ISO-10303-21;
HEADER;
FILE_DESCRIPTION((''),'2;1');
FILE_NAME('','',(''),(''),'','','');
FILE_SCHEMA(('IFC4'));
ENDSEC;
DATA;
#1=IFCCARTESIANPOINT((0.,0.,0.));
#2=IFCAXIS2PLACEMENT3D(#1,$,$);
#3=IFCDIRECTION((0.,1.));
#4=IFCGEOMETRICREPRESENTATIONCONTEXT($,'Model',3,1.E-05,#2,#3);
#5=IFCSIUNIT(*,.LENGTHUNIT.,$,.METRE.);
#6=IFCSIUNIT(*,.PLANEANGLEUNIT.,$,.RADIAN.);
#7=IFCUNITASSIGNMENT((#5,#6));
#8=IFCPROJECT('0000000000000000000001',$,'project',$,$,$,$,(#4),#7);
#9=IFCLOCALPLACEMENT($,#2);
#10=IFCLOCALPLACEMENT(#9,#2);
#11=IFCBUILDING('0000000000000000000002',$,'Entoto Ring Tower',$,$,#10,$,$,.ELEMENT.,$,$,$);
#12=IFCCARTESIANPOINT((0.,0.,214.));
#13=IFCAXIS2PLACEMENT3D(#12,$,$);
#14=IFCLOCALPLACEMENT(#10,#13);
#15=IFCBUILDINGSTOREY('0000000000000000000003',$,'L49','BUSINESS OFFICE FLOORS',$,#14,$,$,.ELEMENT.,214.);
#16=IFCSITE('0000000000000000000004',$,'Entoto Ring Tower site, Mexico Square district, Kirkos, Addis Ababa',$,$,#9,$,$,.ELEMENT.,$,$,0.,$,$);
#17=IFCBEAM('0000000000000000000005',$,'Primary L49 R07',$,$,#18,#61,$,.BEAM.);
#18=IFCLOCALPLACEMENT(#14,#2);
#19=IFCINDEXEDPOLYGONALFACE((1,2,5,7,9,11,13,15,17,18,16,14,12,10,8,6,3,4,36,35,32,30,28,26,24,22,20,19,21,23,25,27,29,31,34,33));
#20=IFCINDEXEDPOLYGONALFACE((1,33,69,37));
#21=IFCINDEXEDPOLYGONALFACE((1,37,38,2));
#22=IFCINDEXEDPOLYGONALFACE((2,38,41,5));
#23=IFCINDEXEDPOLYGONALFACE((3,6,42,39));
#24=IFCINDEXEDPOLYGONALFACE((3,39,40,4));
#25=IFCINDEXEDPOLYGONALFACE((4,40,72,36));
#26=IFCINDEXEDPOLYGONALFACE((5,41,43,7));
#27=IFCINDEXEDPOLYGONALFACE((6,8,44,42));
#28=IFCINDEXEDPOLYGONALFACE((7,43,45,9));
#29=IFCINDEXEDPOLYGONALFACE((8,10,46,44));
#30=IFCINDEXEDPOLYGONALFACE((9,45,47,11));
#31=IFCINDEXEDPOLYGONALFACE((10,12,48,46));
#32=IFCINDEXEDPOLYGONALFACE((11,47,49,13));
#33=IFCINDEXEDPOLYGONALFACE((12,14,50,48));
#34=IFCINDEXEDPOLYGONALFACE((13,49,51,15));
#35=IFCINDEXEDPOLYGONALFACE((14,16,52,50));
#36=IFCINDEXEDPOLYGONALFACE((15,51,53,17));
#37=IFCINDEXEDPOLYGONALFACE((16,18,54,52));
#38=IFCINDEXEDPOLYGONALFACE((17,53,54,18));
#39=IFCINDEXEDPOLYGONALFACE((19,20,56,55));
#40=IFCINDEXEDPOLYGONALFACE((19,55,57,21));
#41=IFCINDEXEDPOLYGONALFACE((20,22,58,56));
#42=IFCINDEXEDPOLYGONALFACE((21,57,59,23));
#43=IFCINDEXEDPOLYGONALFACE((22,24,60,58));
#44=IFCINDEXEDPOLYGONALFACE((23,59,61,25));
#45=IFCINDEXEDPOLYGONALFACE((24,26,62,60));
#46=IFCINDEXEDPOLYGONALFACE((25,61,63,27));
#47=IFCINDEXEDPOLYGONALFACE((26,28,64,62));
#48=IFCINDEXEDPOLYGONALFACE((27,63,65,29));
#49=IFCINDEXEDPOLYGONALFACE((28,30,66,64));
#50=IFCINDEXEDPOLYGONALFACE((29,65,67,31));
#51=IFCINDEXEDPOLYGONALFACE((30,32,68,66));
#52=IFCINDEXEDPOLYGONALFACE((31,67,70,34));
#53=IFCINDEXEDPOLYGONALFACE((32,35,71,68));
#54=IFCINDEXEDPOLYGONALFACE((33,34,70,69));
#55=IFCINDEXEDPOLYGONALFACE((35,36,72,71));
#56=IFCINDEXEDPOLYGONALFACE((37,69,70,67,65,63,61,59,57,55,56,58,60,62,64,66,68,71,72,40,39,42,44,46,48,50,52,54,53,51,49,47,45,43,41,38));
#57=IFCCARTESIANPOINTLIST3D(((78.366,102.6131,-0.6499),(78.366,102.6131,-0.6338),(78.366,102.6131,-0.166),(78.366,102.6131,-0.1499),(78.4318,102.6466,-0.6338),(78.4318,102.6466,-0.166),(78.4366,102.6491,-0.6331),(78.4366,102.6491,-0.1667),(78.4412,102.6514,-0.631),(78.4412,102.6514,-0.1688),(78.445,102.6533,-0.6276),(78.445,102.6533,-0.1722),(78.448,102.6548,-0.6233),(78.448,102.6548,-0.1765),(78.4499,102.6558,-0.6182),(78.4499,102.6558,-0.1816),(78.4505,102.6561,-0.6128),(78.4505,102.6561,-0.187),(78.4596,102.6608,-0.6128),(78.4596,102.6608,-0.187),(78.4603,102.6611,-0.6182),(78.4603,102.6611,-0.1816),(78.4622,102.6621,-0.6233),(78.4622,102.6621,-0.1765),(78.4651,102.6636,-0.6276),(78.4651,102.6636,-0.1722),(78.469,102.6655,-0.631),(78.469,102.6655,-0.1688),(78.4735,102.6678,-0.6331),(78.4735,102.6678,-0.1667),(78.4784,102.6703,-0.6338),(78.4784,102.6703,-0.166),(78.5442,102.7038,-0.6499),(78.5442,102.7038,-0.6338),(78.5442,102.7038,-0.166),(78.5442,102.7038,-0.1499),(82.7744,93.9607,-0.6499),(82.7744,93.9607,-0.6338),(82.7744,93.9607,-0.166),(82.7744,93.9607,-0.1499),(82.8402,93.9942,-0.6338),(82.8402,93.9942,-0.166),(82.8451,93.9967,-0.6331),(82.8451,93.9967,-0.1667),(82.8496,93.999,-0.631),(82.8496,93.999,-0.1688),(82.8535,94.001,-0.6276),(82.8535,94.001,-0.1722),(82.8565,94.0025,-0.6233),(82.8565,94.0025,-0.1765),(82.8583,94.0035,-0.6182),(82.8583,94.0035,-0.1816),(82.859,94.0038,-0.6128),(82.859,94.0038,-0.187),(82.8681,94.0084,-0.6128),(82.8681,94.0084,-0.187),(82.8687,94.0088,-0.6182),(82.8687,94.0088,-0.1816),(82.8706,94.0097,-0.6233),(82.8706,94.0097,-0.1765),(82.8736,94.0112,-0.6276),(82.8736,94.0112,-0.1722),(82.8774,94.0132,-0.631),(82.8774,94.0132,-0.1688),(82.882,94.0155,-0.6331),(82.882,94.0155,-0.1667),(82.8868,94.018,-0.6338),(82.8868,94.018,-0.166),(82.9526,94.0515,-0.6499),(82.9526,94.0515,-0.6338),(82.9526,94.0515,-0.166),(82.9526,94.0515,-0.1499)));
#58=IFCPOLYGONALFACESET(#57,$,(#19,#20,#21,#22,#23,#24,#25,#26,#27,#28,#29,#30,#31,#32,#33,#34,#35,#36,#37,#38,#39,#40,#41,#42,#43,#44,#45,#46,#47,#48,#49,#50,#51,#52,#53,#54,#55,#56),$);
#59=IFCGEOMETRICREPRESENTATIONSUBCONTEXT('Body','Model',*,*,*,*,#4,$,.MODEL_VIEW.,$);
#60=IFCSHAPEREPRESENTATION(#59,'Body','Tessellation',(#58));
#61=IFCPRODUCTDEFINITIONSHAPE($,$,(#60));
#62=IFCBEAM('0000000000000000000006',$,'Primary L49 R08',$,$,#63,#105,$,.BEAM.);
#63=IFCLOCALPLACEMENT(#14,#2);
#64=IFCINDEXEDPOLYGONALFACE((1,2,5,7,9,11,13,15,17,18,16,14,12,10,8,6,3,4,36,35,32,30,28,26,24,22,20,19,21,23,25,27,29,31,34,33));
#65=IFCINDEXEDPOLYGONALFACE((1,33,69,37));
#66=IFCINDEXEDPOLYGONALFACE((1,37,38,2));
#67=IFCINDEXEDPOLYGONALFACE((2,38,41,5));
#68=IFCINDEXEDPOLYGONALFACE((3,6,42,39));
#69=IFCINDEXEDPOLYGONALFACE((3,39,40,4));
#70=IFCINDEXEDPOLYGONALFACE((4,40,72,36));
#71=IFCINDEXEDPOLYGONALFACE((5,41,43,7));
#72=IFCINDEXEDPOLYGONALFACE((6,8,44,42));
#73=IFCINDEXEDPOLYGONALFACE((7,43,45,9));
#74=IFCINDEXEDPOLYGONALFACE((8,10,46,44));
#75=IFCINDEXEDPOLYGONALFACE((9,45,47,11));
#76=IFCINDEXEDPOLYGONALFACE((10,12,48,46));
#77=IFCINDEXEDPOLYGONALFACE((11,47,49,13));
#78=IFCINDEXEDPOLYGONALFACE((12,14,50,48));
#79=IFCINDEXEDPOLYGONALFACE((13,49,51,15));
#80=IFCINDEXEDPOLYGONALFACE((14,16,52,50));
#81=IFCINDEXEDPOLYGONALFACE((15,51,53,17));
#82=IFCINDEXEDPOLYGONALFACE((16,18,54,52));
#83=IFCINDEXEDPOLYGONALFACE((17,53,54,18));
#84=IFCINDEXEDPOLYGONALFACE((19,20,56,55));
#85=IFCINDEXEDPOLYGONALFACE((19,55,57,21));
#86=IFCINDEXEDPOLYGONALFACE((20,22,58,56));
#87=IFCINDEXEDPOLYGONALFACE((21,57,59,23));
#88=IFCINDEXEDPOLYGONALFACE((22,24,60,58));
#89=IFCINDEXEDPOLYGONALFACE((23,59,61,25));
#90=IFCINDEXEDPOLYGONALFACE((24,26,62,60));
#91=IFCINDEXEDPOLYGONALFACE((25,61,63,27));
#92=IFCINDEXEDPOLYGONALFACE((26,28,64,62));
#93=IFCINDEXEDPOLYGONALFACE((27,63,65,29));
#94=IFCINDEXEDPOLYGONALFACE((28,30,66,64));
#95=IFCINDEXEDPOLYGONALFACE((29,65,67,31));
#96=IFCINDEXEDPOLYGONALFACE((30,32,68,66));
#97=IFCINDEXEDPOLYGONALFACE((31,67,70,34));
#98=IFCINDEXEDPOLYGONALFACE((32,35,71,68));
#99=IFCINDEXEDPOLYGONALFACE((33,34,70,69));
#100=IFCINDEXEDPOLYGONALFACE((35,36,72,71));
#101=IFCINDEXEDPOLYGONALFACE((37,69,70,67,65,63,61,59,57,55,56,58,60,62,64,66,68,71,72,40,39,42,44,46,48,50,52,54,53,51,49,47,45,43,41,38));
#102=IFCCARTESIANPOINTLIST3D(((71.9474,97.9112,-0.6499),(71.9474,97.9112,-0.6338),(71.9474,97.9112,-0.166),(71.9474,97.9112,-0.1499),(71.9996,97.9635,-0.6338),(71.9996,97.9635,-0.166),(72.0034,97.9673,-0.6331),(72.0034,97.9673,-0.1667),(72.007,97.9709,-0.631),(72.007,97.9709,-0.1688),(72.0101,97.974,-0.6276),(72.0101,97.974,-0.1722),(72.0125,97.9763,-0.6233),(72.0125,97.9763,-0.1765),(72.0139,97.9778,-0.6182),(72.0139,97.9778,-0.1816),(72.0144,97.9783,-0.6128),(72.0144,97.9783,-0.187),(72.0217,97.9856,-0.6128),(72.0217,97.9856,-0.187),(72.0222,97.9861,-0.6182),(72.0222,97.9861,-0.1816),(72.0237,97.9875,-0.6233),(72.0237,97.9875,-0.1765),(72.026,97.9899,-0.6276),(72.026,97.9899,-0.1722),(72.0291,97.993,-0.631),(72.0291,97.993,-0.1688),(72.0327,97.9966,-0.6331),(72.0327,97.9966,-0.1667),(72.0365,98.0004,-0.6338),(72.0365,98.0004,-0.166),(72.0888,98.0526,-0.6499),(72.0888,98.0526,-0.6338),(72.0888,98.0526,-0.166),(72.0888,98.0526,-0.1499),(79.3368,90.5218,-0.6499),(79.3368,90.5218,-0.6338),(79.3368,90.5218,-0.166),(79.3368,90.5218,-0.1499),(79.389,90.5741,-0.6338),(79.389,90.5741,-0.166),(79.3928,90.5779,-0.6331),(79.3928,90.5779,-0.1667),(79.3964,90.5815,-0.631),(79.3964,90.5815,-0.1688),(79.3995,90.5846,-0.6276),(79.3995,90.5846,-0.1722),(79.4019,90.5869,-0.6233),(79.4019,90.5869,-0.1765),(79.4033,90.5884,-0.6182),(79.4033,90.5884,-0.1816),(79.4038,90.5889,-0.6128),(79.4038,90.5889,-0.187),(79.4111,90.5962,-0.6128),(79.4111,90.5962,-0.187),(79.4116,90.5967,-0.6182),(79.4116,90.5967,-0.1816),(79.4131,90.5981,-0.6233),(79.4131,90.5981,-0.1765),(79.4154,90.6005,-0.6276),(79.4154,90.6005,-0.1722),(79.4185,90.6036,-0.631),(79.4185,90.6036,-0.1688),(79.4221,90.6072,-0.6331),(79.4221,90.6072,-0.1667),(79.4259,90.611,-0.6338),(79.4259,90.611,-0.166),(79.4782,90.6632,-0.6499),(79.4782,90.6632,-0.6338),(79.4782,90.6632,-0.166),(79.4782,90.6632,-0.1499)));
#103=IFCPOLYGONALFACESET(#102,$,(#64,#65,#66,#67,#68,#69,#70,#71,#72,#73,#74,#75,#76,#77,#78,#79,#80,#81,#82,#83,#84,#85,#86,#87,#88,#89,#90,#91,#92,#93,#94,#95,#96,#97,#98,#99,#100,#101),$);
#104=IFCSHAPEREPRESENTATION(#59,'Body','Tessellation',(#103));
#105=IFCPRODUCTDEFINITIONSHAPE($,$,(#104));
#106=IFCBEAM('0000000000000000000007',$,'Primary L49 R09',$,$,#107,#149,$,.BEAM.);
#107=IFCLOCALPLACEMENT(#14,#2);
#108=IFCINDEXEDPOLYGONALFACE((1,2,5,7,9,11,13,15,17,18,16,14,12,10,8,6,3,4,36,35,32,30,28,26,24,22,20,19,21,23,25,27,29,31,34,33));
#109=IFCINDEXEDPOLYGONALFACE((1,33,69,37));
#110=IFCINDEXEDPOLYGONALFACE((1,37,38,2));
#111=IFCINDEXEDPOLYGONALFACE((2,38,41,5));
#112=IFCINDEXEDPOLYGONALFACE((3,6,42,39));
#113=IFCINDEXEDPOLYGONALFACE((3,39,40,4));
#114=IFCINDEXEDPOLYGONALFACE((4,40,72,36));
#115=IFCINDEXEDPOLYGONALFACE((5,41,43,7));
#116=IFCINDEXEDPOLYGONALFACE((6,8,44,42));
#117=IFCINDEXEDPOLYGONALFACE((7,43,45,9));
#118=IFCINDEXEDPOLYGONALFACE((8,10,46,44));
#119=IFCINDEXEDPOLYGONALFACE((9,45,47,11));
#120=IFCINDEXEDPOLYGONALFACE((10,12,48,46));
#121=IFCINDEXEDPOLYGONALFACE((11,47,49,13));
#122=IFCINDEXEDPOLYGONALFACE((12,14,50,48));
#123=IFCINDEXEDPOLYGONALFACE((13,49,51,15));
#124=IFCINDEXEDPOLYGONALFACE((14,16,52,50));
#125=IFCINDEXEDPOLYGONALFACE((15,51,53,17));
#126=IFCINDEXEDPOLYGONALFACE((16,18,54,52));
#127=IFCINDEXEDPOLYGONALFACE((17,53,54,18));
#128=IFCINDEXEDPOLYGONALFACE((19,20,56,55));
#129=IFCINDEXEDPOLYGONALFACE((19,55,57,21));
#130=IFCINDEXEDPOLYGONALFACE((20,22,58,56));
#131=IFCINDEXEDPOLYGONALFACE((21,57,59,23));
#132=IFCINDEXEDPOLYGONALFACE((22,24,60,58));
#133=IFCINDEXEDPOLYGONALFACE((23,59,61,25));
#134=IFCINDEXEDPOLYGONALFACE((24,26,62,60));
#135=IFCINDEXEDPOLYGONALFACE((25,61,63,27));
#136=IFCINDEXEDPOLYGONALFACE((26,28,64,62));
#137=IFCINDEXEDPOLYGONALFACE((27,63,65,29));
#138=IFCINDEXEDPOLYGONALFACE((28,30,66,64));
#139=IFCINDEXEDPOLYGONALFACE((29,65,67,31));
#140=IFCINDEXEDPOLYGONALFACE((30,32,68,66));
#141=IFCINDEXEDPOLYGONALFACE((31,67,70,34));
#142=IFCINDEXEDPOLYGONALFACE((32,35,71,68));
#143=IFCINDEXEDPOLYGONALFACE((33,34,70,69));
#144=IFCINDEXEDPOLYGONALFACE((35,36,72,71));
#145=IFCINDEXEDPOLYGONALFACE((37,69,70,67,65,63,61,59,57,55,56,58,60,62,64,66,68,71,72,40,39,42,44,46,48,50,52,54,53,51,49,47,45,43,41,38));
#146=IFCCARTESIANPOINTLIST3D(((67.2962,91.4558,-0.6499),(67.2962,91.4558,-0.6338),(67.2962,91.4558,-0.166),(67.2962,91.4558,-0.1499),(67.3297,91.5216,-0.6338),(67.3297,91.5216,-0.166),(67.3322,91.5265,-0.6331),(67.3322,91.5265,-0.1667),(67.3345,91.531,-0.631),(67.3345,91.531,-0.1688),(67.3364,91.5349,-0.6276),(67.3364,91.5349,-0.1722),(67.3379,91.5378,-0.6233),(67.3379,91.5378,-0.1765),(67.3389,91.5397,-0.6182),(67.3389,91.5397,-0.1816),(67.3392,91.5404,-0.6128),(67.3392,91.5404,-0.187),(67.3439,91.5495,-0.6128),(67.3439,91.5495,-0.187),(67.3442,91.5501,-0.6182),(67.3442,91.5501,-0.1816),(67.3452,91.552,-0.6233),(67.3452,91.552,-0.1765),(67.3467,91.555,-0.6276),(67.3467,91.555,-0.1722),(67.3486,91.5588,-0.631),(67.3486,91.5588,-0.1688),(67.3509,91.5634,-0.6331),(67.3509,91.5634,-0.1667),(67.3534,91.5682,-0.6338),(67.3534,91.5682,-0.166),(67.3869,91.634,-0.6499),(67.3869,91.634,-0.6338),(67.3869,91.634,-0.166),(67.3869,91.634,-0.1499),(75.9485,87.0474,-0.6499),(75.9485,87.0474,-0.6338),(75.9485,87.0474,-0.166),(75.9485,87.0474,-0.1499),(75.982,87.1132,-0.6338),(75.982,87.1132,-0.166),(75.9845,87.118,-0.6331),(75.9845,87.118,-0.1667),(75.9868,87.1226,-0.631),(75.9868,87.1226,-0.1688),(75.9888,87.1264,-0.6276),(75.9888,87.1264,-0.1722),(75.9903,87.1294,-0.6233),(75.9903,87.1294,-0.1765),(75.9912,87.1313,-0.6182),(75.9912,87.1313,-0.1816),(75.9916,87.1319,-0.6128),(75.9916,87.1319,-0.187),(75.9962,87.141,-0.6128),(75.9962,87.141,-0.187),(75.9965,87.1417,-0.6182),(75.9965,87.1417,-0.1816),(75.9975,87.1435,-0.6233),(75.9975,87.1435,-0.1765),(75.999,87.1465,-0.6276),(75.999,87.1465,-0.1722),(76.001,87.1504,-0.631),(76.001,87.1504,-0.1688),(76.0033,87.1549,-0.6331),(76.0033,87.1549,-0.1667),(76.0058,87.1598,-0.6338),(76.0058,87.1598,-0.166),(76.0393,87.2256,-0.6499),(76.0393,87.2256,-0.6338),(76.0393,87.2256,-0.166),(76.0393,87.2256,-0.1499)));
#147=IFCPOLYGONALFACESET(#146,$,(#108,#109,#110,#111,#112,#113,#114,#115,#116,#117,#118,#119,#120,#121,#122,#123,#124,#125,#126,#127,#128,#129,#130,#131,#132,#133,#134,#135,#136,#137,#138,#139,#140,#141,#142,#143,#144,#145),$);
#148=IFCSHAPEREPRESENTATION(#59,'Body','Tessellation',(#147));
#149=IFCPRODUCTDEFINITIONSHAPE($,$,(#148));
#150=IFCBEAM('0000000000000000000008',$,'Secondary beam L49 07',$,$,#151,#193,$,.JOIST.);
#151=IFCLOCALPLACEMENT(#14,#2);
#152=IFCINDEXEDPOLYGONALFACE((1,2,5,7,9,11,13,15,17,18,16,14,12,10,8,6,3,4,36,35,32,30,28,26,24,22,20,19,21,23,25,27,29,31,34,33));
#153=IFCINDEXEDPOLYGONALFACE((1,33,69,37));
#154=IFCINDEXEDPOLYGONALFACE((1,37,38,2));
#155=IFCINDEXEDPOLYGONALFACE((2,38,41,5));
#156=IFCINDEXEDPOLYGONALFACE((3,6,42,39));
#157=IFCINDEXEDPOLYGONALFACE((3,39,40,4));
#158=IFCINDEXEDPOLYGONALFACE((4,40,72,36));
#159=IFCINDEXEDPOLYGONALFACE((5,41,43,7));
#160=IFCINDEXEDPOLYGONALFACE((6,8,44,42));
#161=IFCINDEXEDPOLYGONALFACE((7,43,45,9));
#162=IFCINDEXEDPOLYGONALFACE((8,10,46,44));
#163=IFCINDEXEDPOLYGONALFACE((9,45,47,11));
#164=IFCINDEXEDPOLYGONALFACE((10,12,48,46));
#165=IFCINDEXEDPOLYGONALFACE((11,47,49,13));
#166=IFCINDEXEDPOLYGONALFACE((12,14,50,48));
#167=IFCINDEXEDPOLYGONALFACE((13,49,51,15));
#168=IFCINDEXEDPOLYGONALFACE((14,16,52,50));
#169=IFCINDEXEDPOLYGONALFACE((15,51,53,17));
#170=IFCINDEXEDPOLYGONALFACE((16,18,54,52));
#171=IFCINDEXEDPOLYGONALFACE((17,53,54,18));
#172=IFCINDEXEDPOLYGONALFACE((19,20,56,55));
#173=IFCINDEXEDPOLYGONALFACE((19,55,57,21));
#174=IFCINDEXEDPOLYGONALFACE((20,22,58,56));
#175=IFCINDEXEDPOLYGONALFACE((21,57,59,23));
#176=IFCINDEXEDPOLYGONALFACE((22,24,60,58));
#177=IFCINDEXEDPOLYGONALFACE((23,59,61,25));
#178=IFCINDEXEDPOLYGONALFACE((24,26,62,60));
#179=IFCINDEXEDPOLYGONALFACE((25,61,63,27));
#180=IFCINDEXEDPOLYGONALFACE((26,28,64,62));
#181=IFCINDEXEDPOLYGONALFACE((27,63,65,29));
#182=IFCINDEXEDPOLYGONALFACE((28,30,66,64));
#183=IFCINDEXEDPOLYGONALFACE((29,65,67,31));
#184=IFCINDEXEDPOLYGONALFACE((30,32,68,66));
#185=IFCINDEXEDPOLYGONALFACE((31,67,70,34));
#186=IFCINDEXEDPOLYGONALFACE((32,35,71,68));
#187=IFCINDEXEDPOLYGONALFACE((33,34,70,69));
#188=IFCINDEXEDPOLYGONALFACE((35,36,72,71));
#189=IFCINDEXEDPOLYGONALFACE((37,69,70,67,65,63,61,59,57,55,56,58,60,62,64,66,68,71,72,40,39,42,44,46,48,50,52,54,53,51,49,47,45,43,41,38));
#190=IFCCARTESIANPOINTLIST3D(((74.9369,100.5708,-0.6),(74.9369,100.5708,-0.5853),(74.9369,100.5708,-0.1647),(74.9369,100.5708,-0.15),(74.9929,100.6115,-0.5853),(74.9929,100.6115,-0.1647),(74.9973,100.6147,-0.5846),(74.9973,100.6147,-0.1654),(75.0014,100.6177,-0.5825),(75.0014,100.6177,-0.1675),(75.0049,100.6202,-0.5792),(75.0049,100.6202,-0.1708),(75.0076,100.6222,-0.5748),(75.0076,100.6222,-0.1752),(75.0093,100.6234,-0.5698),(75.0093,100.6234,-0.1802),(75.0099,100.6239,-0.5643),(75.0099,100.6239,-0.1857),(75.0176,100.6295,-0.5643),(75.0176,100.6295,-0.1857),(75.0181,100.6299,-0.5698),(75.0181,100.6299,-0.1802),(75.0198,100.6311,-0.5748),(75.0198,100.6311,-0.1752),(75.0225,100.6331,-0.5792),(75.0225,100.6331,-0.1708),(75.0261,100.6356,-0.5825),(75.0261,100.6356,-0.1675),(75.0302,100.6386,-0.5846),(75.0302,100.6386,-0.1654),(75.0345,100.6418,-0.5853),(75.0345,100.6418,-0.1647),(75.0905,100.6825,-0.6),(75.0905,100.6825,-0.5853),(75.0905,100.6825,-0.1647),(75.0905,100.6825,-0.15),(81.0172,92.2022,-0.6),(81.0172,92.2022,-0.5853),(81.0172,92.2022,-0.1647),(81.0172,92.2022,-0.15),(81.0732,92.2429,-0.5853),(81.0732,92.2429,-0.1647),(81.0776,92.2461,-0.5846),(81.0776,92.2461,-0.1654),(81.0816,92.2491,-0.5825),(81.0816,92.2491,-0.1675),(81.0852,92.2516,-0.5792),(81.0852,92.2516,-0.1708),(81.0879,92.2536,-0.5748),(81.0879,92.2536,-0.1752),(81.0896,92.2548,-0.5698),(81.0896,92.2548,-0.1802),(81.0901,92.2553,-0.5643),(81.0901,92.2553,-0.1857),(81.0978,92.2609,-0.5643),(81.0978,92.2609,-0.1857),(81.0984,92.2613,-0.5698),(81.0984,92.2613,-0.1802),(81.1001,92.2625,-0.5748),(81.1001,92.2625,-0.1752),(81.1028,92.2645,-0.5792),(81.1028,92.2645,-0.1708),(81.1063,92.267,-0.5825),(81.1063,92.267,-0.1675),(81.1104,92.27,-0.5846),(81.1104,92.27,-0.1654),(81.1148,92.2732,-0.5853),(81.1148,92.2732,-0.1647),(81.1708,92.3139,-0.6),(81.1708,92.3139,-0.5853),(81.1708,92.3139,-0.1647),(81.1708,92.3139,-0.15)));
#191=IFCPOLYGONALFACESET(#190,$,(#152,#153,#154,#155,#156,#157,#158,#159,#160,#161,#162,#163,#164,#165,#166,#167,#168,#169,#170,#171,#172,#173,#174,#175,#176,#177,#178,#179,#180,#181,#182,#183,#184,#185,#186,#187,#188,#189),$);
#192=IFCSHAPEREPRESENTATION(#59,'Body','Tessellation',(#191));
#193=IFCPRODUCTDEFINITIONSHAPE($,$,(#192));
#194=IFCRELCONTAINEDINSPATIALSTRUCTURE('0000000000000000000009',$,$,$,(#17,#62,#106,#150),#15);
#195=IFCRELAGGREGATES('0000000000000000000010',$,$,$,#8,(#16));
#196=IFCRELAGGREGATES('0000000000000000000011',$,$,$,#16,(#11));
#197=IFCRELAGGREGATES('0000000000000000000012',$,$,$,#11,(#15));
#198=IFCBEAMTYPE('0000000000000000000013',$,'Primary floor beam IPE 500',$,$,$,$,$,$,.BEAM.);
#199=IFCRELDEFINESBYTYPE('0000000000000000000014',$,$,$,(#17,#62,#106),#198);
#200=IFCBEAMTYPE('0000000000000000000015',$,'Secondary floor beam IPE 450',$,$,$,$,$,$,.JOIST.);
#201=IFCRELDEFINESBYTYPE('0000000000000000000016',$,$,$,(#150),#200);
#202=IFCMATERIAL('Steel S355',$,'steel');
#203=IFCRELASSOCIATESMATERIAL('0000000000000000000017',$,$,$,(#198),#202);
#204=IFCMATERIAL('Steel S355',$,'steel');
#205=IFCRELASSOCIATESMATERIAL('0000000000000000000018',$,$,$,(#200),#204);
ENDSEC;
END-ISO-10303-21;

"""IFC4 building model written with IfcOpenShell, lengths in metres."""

from ifc_helpers import new_model, si_unit, direction, frame, origin, origin_2d, place, context, subcontext, project, spatial, i_section, extrude, material, material_profile, profile_set, type_object, element, save


model = new_model("IFC4")

# Units and contexts
model_context = context("Model", 3, precision=1e-05, world=origin(), true_north=direction((0.0, 1.0)))
body_context = subcontext(model_context, "Body", "Model", "MODEL_VIEW")
ifc_project = project(units=[si_unit("LENGTHUNIT", "METRE"), si_unit("PLANEANGLEUNIT", "RADIAN")], contexts=[model_context])

# Site, building, storey
site_placement = place(None, origin())
site = spatial("IfcSite", under=ifc_project, at=site_placement, Name="Entoto Ring Tower site, Mexico Square district, Kirkos, Addis Ababa", CompositionType="ELEMENT", RefElevation=0.0)
building_placement = place(site_placement, origin())
building = spatial("IfcBuilding", under=site, at=building_placement, Name="Entoto Ring Tower", CompositionType="ELEMENT")
storey_placement = place(building_placement, frame((0.0, 0.0, 214.0)))
storey = spatial("IfcBuildingStorey", under=building, at=storey_placement, Name="L49", Description="BUSINESS OFFICE FLOORS", CompositionType="ELEMENT", Elevation=214.0)

# Beams
ifc_material_1 = material(Name="Steel S355", Category="steel")
ifc_material_profile_1 = material_profile(ifc_material_1, i_section(OverallWidth=0.2, OverallDepth=0.5, WebThickness=0.0103, FlangeThickness=0.0161, FilletRadius=0.021, at=origin_2d()), Name="IPE 500")
ifc_profile_set_1 = profile_set([ifc_material_profile_1], Name="Steel S355")
beam_type_1 = type_object("IfcBeamType", Name="Primary floor beam IPE 500", PredefinedType="BEAM", material=ifc_profile_set_1)
beam_1_placement = place(storey_placement, frame((82.8635, 94.0061, -0.3999), z_axis=(-0.453979, 0.891012, 0.0), x_axis=(-0.891012, -0.453979, 0.0)))
element("IfcBeam", 1, at=beam_1_placement, inside=storey, type_object=beam_type_1, Name="Primary L49 R07", PredefinedType="BEAM", context=body_context, shape_type="SweptSolid", body=[
    extrude(i_section(OverallWidth=0.2, OverallDepth=0.5, WebThickness=0.0103, FlangeThickness=0.0161, FilletRadius=0.021, at=origin_2d()), origin(), (0.0, 0.0, 1.0), 9.7107),
])
beam_2_placement = place(storey_placement, frame((79.4075, 90.5925, -0.3999), z_axis=(-0.707107, 0.707107, 0.0), x_axis=(-0.707107, -0.707107, 0.0)))
element("IfcBeam", 2, at=beam_2_placement, inside=storey, type_object=beam_type_1, Name="Primary L49 R08", PredefinedType="BEAM", context=body_context, shape_type="SweptSolid", body=[
    extrude(i_section(OverallWidth=0.2, OverallDepth=0.5, WebThickness=0.0103, FlangeThickness=0.0161, FilletRadius=0.021, at=origin_2d()), origin(), (0.0, 0.0, 1.0), 10.4502),
])
beam_3_placement = place(storey_placement, frame((75.9939, 87.1365, -0.3999), z_axis=(-0.891012, 0.453979, 0.0), x_axis=(-0.453979, -0.891012, 0.0)))
element("IfcBeam", 3, at=beam_3_placement, inside=storey, type_object=beam_type_1, Name="Primary L49 R09", PredefinedType="BEAM", context=body_context, shape_type="SweptSolid", body=[
    extrude(i_section(OverallWidth=0.2, OverallDepth=0.5, WebThickness=0.0103, FlangeThickness=0.0161, FilletRadius=0.021, at=origin_2d()), origin(), (0.0, 0.0, 1.0), 9.7107),
])
ifc_material_2 = material(Name="Steel S355", Category="steel")
ifc_material_profile_2 = material_profile(ifc_material_2, i_section(OverallWidth=0.1899, OverallDepth=0.45, WebThickness=0.0095, FlangeThickness=0.0146, FilletRadius=0.021, at=origin_2d()), Name="IPE 450")
ifc_profile_set_2 = profile_set([ifc_material_profile_2], Name="Steel S355")
beam_type_2 = type_object("IfcBeamType", Name="Secondary floor beam IPE 450", PredefinedType="JOIST", material=ifc_profile_set_2)
for number, where, z_axis, x_axis, name in (
    (4, (81.094, 92.2581, -0.375), (-0.587794, 0.809011, 0.0), (-0.809011, -0.587794, 0.0), "Secondary beam L49 07"),
):
    element("IfcBeam", number, at=place(storey_placement, frame(where, z_axis=z_axis, x_axis=x_axis)), inside=storey, type_object=beam_type_2, Name=name, PredefinedType="JOIST", context=body_context, shape_type="SweptSolid", body=[
        extrude(i_section(OverallWidth=0.1899, OverallDepth=0.45, WebThickness=0.0095, FlangeThickness=0.0146, FilletRadius=0.021, at=origin_2d()), origin(), (0.0, 0.0, 1.0), 10.3442),
    ])

save(model, "model.ifc")
